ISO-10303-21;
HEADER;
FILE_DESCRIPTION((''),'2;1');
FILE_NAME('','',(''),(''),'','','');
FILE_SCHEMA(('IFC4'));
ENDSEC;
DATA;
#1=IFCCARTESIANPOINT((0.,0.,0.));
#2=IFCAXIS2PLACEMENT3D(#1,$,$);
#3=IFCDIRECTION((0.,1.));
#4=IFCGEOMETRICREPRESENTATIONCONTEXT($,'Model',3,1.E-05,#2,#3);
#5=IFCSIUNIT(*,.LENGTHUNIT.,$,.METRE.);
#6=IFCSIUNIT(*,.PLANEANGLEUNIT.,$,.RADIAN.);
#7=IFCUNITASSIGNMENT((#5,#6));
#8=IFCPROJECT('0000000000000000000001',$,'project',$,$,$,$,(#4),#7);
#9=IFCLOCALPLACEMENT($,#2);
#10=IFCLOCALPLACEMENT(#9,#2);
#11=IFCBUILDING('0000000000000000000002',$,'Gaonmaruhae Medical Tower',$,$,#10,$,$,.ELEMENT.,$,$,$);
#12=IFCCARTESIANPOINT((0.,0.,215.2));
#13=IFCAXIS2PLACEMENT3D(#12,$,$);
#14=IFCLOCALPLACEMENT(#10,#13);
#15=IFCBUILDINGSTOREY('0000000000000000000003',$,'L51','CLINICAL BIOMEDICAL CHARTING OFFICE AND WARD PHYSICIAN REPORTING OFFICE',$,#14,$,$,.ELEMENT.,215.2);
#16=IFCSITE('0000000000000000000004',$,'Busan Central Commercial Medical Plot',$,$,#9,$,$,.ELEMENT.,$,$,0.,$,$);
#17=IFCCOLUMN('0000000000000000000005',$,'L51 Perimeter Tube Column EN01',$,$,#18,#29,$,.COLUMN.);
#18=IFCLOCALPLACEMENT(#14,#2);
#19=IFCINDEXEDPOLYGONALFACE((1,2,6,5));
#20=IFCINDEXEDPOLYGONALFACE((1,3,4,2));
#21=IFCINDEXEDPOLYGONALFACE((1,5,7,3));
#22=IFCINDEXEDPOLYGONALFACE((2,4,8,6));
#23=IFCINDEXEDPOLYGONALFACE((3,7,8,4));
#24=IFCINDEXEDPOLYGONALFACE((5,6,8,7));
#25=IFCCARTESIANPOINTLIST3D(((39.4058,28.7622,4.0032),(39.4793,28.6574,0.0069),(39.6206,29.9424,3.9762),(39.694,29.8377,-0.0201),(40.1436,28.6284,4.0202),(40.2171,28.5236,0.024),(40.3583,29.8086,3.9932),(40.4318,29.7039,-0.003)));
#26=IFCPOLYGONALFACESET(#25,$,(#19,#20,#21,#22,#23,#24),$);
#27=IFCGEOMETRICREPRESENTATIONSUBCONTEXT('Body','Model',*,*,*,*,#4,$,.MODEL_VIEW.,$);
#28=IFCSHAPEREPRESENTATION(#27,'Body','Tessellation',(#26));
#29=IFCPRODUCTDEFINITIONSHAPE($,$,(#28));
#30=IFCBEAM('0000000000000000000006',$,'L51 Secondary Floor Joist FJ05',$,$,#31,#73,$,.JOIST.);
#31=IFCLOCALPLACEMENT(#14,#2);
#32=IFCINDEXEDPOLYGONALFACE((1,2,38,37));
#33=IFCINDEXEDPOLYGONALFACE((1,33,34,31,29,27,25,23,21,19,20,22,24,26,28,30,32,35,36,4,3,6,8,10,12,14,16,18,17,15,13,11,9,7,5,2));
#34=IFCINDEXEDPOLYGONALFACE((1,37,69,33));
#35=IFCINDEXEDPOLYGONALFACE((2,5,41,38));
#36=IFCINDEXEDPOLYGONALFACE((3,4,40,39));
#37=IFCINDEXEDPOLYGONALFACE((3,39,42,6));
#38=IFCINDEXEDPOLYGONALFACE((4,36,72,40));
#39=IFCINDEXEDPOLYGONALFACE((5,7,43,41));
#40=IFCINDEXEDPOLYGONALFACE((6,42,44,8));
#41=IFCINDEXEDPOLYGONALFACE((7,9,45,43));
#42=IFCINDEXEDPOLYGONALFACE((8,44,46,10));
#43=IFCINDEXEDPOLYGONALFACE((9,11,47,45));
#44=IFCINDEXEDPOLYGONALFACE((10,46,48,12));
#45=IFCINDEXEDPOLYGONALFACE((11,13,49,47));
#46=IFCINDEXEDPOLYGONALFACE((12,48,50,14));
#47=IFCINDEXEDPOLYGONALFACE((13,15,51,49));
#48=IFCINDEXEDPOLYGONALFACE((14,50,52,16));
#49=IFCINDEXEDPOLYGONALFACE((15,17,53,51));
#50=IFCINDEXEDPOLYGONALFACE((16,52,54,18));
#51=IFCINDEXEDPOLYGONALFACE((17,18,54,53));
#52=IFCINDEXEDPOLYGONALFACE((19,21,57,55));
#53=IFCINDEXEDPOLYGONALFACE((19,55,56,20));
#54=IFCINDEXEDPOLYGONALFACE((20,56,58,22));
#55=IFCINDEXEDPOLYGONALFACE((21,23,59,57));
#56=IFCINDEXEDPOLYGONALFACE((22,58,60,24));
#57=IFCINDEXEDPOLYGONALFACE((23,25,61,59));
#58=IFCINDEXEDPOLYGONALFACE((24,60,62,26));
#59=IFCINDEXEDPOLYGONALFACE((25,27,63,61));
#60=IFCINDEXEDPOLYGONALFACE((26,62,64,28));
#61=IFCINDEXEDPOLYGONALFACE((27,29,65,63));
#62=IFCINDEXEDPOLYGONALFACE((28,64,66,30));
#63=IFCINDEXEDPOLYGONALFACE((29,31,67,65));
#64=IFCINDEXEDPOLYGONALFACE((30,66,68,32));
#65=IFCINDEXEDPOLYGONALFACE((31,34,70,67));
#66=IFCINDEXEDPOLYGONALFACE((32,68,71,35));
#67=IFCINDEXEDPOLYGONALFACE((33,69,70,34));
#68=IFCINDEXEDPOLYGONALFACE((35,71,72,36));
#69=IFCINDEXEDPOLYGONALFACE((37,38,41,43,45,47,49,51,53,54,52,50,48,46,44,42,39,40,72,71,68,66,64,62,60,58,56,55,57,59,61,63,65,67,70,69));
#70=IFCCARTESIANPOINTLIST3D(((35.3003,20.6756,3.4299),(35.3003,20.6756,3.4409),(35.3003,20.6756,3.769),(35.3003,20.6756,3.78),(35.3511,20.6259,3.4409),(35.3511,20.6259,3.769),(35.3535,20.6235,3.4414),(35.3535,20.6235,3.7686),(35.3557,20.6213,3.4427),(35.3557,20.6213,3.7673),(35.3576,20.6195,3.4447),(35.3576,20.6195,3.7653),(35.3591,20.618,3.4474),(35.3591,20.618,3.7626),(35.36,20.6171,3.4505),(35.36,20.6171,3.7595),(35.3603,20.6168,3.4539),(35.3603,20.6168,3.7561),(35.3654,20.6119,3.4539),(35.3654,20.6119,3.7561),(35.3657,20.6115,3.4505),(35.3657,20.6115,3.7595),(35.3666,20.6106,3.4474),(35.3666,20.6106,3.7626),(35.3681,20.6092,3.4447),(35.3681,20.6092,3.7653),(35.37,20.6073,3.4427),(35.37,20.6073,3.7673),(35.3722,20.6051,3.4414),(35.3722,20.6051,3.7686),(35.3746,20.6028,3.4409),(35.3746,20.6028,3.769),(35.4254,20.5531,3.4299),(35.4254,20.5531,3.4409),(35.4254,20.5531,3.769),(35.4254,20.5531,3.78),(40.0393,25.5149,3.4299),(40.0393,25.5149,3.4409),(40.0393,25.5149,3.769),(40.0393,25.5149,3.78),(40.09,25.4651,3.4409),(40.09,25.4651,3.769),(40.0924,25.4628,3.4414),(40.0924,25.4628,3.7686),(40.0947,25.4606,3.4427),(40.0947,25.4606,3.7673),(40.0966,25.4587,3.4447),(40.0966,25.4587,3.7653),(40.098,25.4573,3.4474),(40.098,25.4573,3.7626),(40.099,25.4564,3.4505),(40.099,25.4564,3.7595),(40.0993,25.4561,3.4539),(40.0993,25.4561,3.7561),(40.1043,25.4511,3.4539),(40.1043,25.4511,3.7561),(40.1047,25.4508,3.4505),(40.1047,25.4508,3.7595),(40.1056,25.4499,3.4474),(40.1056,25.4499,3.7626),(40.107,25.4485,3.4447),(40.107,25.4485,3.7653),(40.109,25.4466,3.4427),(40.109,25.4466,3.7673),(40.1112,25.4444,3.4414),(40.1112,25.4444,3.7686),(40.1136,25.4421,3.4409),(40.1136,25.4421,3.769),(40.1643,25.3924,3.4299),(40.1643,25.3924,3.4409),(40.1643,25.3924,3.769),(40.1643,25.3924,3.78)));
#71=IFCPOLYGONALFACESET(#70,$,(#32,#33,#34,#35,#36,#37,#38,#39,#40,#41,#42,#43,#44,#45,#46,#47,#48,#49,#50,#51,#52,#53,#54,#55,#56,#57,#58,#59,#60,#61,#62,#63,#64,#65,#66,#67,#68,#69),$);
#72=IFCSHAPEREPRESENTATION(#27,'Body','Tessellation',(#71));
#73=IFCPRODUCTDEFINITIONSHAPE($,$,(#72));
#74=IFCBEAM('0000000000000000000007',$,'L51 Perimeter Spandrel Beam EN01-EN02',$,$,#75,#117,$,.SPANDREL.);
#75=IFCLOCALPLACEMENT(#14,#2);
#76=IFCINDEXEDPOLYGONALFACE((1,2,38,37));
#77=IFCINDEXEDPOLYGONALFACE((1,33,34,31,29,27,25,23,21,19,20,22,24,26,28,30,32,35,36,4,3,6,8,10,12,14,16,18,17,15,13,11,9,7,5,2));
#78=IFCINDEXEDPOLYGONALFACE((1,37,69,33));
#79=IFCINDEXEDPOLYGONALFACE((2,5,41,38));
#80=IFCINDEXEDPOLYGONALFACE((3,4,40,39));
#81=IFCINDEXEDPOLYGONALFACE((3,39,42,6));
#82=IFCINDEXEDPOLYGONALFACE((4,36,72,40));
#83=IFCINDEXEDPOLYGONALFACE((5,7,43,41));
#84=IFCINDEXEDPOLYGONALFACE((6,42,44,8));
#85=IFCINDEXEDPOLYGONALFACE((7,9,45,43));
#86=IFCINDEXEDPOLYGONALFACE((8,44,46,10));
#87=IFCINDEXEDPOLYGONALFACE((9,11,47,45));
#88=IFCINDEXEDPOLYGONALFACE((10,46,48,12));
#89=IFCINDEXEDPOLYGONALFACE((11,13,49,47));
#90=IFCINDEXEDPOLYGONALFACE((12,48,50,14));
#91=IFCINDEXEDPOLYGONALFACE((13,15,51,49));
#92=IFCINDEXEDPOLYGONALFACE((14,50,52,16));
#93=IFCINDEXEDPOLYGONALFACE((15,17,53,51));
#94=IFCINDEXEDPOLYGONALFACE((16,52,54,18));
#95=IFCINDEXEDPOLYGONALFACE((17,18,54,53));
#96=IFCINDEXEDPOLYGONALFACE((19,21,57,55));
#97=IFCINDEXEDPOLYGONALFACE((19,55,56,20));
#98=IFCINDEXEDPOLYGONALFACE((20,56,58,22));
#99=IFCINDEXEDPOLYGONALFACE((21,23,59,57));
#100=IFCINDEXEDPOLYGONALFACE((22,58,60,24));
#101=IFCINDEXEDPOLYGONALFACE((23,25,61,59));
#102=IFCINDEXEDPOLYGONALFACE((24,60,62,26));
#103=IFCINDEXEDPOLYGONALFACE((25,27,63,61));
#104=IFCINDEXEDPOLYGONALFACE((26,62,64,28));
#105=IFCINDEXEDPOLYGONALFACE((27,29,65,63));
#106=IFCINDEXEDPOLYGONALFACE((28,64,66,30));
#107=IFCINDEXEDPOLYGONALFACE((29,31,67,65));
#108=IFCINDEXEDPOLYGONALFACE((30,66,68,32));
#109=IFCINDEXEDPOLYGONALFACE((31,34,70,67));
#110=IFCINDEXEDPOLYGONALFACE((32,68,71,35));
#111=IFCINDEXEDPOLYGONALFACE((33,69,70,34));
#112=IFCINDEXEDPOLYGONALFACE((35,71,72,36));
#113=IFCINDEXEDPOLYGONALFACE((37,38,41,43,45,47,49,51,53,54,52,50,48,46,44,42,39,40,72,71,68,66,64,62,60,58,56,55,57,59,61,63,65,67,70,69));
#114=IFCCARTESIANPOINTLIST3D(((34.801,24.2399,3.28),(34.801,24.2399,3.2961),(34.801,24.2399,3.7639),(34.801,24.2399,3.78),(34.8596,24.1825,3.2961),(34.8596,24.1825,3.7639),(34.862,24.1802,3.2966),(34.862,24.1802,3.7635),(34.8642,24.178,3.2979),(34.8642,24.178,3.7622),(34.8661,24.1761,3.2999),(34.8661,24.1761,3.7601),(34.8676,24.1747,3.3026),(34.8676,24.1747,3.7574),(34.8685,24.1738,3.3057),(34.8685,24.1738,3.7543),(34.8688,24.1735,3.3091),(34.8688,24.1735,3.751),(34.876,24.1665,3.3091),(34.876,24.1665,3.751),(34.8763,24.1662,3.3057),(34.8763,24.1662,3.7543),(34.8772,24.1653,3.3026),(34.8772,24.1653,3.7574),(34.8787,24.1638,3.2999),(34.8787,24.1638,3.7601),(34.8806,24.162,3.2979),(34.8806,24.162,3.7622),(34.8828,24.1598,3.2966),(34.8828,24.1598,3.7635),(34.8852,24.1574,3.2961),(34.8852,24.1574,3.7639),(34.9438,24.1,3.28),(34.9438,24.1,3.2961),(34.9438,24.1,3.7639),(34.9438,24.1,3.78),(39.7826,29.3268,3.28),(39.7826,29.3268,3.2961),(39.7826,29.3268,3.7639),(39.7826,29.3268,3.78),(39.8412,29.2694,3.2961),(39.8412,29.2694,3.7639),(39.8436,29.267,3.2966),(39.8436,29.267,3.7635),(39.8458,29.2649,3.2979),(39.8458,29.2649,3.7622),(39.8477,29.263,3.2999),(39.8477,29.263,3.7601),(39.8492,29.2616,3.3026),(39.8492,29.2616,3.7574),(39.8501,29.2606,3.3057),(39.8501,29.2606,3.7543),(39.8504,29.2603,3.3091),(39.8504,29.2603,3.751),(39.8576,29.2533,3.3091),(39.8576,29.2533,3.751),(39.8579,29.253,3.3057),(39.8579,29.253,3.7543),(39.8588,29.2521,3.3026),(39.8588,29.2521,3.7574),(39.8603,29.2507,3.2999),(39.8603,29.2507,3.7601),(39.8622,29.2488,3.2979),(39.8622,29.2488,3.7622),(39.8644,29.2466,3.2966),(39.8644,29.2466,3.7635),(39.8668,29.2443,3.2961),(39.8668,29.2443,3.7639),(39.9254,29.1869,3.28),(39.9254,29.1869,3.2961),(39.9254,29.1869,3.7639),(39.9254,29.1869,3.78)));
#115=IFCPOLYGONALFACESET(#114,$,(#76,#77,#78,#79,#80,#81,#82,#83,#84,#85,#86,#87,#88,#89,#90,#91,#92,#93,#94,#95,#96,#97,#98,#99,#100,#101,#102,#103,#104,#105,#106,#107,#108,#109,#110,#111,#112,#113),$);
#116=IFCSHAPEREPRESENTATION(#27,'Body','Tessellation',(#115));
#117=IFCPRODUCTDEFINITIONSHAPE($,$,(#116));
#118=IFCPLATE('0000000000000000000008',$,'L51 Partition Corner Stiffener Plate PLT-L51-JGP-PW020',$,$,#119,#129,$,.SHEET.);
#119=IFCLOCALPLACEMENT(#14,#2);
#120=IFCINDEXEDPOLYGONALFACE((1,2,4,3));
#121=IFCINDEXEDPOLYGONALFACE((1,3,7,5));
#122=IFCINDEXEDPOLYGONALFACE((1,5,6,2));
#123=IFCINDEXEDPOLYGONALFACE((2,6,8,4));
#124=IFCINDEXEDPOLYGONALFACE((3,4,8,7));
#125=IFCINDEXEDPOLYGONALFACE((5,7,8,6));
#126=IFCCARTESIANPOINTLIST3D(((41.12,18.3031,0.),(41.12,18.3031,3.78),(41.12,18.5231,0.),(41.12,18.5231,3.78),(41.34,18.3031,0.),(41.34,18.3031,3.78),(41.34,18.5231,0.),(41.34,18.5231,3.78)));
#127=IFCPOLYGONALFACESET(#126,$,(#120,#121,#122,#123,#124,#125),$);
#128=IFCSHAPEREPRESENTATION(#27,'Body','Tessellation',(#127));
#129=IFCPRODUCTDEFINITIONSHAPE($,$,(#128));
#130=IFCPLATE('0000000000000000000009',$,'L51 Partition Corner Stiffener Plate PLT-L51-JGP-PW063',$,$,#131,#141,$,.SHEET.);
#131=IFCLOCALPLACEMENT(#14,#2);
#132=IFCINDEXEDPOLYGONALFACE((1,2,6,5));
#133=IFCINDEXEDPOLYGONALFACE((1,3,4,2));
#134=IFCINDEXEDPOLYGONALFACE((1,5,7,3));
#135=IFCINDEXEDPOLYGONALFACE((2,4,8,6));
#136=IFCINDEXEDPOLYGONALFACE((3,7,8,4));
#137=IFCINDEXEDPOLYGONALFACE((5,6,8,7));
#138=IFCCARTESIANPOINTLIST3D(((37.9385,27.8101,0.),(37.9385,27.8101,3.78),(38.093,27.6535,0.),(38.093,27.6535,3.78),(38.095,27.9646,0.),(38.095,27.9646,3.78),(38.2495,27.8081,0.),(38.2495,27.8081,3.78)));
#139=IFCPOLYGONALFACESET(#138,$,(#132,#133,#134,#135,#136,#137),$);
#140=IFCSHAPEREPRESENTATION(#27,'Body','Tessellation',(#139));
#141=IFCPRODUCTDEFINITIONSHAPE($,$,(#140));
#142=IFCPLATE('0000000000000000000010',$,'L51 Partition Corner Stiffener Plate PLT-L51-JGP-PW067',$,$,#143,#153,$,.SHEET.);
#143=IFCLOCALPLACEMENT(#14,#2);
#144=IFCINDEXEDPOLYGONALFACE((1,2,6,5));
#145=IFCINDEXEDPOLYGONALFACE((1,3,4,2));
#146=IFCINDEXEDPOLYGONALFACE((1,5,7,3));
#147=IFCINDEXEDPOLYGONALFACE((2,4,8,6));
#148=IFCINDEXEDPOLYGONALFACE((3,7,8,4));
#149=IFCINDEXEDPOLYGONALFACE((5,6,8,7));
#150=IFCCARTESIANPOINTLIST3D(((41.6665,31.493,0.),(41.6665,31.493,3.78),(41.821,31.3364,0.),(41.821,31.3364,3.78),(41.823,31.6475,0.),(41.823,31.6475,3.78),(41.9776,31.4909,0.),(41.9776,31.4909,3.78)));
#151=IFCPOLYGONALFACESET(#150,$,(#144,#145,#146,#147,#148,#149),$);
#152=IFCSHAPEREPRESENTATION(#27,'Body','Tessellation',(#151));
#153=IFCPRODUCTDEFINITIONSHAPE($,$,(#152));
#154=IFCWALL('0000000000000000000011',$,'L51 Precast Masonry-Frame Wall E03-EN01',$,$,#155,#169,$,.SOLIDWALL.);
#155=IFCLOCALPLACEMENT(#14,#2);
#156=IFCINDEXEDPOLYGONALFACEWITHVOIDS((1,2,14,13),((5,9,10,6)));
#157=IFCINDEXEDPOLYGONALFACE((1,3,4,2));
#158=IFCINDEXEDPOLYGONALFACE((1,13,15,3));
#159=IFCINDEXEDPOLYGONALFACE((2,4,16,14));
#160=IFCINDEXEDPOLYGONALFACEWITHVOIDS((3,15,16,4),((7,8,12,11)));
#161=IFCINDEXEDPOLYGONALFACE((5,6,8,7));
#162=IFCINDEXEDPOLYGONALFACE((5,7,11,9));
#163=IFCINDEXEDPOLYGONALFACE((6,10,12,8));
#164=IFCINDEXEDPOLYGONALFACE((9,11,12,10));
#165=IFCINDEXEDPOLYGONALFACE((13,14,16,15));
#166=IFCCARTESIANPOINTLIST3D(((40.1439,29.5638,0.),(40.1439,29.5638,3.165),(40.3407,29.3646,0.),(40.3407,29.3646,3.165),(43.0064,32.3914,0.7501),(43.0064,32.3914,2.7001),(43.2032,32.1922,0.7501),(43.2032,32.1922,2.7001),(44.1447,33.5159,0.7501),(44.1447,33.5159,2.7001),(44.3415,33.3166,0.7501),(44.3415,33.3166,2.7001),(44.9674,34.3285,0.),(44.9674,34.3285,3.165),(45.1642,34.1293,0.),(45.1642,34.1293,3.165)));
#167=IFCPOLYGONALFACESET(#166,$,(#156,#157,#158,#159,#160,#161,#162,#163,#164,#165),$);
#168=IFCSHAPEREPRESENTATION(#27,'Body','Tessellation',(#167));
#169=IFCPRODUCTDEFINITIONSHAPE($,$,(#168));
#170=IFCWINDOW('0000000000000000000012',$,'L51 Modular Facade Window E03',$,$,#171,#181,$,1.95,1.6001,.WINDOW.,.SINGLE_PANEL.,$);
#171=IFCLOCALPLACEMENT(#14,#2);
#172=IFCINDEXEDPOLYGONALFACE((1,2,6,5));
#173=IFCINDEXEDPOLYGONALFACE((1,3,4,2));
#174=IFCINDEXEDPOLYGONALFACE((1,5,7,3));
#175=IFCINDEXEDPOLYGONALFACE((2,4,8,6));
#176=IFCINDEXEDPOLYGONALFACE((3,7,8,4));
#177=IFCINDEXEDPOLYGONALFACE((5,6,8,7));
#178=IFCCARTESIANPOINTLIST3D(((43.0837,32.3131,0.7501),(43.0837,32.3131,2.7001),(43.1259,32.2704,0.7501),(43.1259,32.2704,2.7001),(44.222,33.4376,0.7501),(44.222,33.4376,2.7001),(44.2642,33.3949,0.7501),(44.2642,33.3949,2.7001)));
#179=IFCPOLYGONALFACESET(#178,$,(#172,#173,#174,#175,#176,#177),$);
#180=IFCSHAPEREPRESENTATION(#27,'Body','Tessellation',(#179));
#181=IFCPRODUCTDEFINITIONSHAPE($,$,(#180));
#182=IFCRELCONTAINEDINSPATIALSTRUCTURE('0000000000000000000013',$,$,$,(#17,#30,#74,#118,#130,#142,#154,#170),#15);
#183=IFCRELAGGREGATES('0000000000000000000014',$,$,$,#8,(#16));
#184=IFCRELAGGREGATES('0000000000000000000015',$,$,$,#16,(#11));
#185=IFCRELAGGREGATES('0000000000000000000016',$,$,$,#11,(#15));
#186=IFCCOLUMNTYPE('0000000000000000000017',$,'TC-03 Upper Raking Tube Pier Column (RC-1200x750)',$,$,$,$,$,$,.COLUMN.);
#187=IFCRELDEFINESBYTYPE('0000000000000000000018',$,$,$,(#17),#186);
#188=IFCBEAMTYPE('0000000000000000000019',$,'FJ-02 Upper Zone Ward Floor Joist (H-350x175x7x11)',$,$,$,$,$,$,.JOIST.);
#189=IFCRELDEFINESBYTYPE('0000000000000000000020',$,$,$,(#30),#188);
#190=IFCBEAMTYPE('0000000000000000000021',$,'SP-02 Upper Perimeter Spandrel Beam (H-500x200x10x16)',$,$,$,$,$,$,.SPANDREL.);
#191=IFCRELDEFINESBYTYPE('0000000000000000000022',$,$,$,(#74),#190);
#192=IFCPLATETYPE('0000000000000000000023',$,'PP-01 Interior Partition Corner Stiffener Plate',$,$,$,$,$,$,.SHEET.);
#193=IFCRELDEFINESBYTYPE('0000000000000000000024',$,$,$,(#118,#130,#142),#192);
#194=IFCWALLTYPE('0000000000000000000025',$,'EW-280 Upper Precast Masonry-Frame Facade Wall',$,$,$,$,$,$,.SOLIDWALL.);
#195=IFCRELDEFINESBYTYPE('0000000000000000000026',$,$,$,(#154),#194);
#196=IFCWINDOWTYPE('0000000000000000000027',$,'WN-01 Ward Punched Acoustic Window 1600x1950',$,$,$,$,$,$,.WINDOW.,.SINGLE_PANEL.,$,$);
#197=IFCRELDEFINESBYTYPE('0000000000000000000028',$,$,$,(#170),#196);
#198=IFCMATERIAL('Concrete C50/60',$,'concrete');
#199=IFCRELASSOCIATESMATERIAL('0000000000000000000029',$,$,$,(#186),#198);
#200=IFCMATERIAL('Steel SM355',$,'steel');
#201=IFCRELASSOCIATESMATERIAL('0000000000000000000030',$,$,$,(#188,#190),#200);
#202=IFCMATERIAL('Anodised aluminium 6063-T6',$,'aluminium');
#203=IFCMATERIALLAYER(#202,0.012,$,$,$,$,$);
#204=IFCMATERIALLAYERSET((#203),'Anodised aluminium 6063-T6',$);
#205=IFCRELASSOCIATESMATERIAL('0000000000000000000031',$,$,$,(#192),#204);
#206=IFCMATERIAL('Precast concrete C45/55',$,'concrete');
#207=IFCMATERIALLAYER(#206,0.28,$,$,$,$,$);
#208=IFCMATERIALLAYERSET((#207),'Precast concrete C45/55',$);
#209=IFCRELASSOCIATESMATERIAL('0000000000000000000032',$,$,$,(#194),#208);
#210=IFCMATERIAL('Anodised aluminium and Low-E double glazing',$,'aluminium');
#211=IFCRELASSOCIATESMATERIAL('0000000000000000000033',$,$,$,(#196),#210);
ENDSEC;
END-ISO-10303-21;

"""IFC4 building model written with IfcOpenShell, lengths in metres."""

from ifc_helpers import new_model, si_unit, direction, frame, frame_2d, origin, origin_2d, place, context, subcontext, project, spatial, rectangle, i_section, extrude, material, layer, layer_set, material_profile, profile_set, type_object, element, fill, save


model = new_model("IFC4")

# Units and contexts
model_context = context("Model", 3, precision=1e-05, world=origin(), true_north=direction((0.0, 1.0)))
body_context = subcontext(model_context, "Body", "Model", "MODEL_VIEW")
ifc_project = project(units=[si_unit("LENGTHUNIT", "METRE"), si_unit("PLANEANGLEUNIT", "RADIAN")], contexts=[model_context])

# Site, building, storey
site_placement = place(None, origin())
site = spatial("IfcSite", under=ifc_project, at=site_placement, Name="Busan Central Commercial Medical Plot", CompositionType="ELEMENT", RefElevation=0.0)
building_placement = place(site_placement, origin())
building = spatial("IfcBuilding", under=site, at=building_placement, Name="Gaonmaruhae Medical Tower", CompositionType="ELEMENT")
storey_placement = place(building_placement, frame((0.0, 0.0, 215.2)))
storey = spatial("IfcBuildingStorey", under=building, at=storey_placement, Name="L51", Description="CLINICAL BIOMEDICAL CHARTING OFFICE AND WARD PHYSICIAN REPORTING OFFICE", CompositionType="ELEMENT", Elevation=215.2)

# Column
ifc_material_1 = material(Name="Concrete C50/60", Category="concrete")
ifc_material_profile_1 = material_profile(ifc_material_1, rectangle(XDim=1.2, YDim=0.75, at=origin_2d()), Name="RC-1200x750")
ifc_profile_set_1 = profile_set([ifc_material_profile_1], Name="Concrete C50/60")
column_type = type_object("IfcColumnType", Name="TC-03 Upper Raking Tube Pier Column (RC-1200x750)", PredefinedType="COLUMN", material=ifc_profile_set_1)
column_placement = place(storey_placement, frame((39.9556, 29.1807, 0.002), z_axis=(-0.018379, 0.026195, 0.999488), x_axis=(-0.178928, -0.983605, 0.022488)))
element("IfcColumn", 1, at=column_placement, inside=storey, type_object=column_type, Name="L51 Perimeter Tube Column EN01", PredefinedType="COLUMN", context=body_context, shape_type="SweptSolid", body=[
    extrude(rectangle(XDim=1.2, YDim=0.75, at=origin_2d()), origin(), (0.0, 0.0, 1.0), 3.9983),
])

# Beams
ifc_material_2 = material(Name="Steel SM355", Category="steel")
ifc_material_profile_2 = material_profile(ifc_material_2, i_section(OverallWidth=0.175, OverallDepth=0.3501, WebThickness=0.0071, FlangeThickness=0.011, FilletRadius=0.0129, at=origin_2d()), Name="H-350x175x7x11")
ifc_profile_set_2 = profile_set([ifc_material_profile_2], Name="Steel SM355")
beam_type_1 = type_object("IfcBeamType", Name="FJ-02 Upper Zone Ward Floor Joist (H-350x175x7x11)", PredefinedType="JOIST", material=ifc_profile_set_2)
beam_1_placement = place(storey_placement, frame((40.1018, 25.4536, 3.605), z_axis=(-0.699661, -0.714475, 0.0), x_axis=(0.714475, -0.699661, 0.0)))
element("IfcBeam", 2, at=beam_1_placement, inside=storey, type_object=beam_type_1, Name="L51 Secondary Floor Joist FJ05", PredefinedType="JOIST", context=body_context, shape_type="SweptSolid", body=[
    extrude(i_section(OverallWidth=0.175, OverallDepth=0.3501, WebThickness=0.0071, FlangeThickness=0.011, FilletRadius=0.0129, at=origin_2d()), origin(), (0.0, 0.0, 1.0), 6.7732),
])
ifc_material_profile_3 = material_profile(ifc_material_2, i_section(OverallWidth=0.2, OverallDepth=0.5, WebThickness=0.01, FlangeThickness=0.0161, FilletRadius=0.0129, at=origin_2d()), Name="H-500x200x10x16")
ifc_profile_set_3 = profile_set([ifc_material_profile_3], Name="Steel SM355")
beam_type_2 = type_object("IfcBeamType", Name="SP-02 Upper Perimeter Spandrel Beam (H-500x200x10x16)", PredefinedType="SPANDREL", material=ifc_profile_set_3)
beam_2_placement = place(storey_placement, frame((39.854, 29.2568, 3.53), z_axis=(-0.699679, -0.714458, 0.0), x_axis=(0.714458, -0.699679, 0.0)))
element("IfcBeam", 3, at=beam_2_placement, inside=storey, type_object=beam_type_2, Name="L51 Perimeter Spandrel Beam EN01-EN02", PredefinedType="SPANDREL", context=body_context, shape_type="SweptSolid", body=[
    extrude(i_section(OverallWidth=0.2, OverallDepth=0.5, WebThickness=0.01, FlangeThickness=0.0161, FilletRadius=0.0129, at=origin_2d()), origin(), (0.0, 0.0, 1.0), 7.1199),
])

# Plates
ifc_material_3 = material(Name="Anodised aluminium 6063-T6", Category="aluminium")
ifc_layer_1 = layer(ifc_material_3, 0.012)
ifc_layer_set_1 = layer_set([ifc_layer_1], Name="Anodised aluminium 6063-T6")
plate_type = type_object("IfcPlateType", Name="PP-01 Interior Partition Corner Stiffener Plate", PredefinedType="SHEET", material=ifc_layer_set_1)
for number, where, z_axis, x_axis, name in (
    (4, (41.23, 18.4131, 0.0), (0.0, 0.0, 1.0), (0.0, 1.0, 0.0), "L51 Partition Corner Stiffener Plate PLT-L51-JGP-PW020"),
    (5, (38.094, 27.8091, 0.0), (0.0, 0.0, 1.0), (0.702501, -0.711683, 0.0), "L51 Partition Corner Stiffener Plate PLT-L51-JGP-PW063"),
    (6, (41.822, 31.4919, 0.0), (0.0, 0.0, 1.0), (0.702501, -0.711683, 0.0), "L51 Partition Corner Stiffener Plate PLT-L51-JGP-PW067"),
):
    element("IfcPlate", number, at=place(storey_placement, frame(where, z_axis=z_axis, x_axis=x_axis)), inside=storey, type_object=plate_type, Name=name, PredefinedType="SHEET", context=body_context, shape_type="SweptSolid", body=[
        extrude(rectangle(XDim=0.22, YDim=0.22, at=origin_2d()), origin(), (0.0, 0.0, 1.0), 3.78),
    ])

# Wall, opening, window
ifc_material_4 = material(Name="Precast concrete C45/55", Category="concrete")
ifc_layer_2 = layer(ifc_material_4, 0.28)
ifc_layer_set_2 = layer_set([ifc_layer_2], Name="Precast concrete C45/55")
wall_type_1 = type_object("IfcWallType", Name="EW-280 Upper Precast Masonry-Frame Facade Wall", PredefinedType="SOLIDWALL", material=ifc_layer_set_2)
wall_1_placement = place(storey_placement, frame((40.2422, 29.4641, 0.0), z_axis=(0.0, 0.0, 1.0), x_axis=(0.711433, 0.702754, 0.0)))
wall_1 = element("IfcWall", 7, at=wall_1_placement, inside=storey, type_object=wall_type_1, Name="L51 Precast Masonry-Frame Wall E03-EN01", PredefinedType="SOLIDWALL", context=body_context, shape_type="SweptSolid", body=[
    extrude(rectangle(XDim=6.78, YDim=0.28, at=frame_2d((3.3901, 0.0))), origin(), (0.0, 0.0, 1.0), 3.165),
])
opening_1_placement = place(wall_1_placement, frame((4.0237, 0.0, 0.75)))
opening_1 = element("IfcOpeningElement", 8, at=opening_1_placement, cuts=wall_1, PredefinedType="OPENING", context=body_context, shape_type="SweptSolid", body=[
    extrude(rectangle(XDim=1.6001, YDim=1.95, at=frame_2d((0.8, 0.9751))), frame((0.0, 0.1499, 0.0), z_axis=(0.0, -1.0, 0.0), x_axis=(1.0, 0.0, 0.0)), (0.0, 0.0, 1.0), 0.3),
])
ifc_material_5 = material(Name="Anodised aluminium and Low-E double glazing", Category="aluminium")
window_type = type_object("IfcWindowType", Name="WN-01 Ward Punched Acoustic Window 1600x1950", PartitioningType="SINGLE_PANEL", PredefinedType="WINDOW", material=ifc_material_5)
window_placement = place(opening_1_placement, origin())
window = element("IfcWindow", 9, at=window_placement, inside=storey, type_object=window_type, Name="L51 Modular Facade Window E03", OverallHeight=1.95, OverallWidth=1.6001, PartitioningType="SINGLE_PANEL", PredefinedType="WINDOW", context=body_context, shape_type="SweptSolid", body=[
    extrude(rectangle(XDim=1.6001, YDim=1.95, at=frame_2d((0.8, 0.9751))), frame((0.0, 0.03, 0.0), z_axis=(0.0, -1.0, 0.0), x_axis=(1.0, 0.0, 0.0)), (0.0, 0.0, 1.0), 0.0601),
])
fill(opening_1, window)

save(model, "model.ifc")
